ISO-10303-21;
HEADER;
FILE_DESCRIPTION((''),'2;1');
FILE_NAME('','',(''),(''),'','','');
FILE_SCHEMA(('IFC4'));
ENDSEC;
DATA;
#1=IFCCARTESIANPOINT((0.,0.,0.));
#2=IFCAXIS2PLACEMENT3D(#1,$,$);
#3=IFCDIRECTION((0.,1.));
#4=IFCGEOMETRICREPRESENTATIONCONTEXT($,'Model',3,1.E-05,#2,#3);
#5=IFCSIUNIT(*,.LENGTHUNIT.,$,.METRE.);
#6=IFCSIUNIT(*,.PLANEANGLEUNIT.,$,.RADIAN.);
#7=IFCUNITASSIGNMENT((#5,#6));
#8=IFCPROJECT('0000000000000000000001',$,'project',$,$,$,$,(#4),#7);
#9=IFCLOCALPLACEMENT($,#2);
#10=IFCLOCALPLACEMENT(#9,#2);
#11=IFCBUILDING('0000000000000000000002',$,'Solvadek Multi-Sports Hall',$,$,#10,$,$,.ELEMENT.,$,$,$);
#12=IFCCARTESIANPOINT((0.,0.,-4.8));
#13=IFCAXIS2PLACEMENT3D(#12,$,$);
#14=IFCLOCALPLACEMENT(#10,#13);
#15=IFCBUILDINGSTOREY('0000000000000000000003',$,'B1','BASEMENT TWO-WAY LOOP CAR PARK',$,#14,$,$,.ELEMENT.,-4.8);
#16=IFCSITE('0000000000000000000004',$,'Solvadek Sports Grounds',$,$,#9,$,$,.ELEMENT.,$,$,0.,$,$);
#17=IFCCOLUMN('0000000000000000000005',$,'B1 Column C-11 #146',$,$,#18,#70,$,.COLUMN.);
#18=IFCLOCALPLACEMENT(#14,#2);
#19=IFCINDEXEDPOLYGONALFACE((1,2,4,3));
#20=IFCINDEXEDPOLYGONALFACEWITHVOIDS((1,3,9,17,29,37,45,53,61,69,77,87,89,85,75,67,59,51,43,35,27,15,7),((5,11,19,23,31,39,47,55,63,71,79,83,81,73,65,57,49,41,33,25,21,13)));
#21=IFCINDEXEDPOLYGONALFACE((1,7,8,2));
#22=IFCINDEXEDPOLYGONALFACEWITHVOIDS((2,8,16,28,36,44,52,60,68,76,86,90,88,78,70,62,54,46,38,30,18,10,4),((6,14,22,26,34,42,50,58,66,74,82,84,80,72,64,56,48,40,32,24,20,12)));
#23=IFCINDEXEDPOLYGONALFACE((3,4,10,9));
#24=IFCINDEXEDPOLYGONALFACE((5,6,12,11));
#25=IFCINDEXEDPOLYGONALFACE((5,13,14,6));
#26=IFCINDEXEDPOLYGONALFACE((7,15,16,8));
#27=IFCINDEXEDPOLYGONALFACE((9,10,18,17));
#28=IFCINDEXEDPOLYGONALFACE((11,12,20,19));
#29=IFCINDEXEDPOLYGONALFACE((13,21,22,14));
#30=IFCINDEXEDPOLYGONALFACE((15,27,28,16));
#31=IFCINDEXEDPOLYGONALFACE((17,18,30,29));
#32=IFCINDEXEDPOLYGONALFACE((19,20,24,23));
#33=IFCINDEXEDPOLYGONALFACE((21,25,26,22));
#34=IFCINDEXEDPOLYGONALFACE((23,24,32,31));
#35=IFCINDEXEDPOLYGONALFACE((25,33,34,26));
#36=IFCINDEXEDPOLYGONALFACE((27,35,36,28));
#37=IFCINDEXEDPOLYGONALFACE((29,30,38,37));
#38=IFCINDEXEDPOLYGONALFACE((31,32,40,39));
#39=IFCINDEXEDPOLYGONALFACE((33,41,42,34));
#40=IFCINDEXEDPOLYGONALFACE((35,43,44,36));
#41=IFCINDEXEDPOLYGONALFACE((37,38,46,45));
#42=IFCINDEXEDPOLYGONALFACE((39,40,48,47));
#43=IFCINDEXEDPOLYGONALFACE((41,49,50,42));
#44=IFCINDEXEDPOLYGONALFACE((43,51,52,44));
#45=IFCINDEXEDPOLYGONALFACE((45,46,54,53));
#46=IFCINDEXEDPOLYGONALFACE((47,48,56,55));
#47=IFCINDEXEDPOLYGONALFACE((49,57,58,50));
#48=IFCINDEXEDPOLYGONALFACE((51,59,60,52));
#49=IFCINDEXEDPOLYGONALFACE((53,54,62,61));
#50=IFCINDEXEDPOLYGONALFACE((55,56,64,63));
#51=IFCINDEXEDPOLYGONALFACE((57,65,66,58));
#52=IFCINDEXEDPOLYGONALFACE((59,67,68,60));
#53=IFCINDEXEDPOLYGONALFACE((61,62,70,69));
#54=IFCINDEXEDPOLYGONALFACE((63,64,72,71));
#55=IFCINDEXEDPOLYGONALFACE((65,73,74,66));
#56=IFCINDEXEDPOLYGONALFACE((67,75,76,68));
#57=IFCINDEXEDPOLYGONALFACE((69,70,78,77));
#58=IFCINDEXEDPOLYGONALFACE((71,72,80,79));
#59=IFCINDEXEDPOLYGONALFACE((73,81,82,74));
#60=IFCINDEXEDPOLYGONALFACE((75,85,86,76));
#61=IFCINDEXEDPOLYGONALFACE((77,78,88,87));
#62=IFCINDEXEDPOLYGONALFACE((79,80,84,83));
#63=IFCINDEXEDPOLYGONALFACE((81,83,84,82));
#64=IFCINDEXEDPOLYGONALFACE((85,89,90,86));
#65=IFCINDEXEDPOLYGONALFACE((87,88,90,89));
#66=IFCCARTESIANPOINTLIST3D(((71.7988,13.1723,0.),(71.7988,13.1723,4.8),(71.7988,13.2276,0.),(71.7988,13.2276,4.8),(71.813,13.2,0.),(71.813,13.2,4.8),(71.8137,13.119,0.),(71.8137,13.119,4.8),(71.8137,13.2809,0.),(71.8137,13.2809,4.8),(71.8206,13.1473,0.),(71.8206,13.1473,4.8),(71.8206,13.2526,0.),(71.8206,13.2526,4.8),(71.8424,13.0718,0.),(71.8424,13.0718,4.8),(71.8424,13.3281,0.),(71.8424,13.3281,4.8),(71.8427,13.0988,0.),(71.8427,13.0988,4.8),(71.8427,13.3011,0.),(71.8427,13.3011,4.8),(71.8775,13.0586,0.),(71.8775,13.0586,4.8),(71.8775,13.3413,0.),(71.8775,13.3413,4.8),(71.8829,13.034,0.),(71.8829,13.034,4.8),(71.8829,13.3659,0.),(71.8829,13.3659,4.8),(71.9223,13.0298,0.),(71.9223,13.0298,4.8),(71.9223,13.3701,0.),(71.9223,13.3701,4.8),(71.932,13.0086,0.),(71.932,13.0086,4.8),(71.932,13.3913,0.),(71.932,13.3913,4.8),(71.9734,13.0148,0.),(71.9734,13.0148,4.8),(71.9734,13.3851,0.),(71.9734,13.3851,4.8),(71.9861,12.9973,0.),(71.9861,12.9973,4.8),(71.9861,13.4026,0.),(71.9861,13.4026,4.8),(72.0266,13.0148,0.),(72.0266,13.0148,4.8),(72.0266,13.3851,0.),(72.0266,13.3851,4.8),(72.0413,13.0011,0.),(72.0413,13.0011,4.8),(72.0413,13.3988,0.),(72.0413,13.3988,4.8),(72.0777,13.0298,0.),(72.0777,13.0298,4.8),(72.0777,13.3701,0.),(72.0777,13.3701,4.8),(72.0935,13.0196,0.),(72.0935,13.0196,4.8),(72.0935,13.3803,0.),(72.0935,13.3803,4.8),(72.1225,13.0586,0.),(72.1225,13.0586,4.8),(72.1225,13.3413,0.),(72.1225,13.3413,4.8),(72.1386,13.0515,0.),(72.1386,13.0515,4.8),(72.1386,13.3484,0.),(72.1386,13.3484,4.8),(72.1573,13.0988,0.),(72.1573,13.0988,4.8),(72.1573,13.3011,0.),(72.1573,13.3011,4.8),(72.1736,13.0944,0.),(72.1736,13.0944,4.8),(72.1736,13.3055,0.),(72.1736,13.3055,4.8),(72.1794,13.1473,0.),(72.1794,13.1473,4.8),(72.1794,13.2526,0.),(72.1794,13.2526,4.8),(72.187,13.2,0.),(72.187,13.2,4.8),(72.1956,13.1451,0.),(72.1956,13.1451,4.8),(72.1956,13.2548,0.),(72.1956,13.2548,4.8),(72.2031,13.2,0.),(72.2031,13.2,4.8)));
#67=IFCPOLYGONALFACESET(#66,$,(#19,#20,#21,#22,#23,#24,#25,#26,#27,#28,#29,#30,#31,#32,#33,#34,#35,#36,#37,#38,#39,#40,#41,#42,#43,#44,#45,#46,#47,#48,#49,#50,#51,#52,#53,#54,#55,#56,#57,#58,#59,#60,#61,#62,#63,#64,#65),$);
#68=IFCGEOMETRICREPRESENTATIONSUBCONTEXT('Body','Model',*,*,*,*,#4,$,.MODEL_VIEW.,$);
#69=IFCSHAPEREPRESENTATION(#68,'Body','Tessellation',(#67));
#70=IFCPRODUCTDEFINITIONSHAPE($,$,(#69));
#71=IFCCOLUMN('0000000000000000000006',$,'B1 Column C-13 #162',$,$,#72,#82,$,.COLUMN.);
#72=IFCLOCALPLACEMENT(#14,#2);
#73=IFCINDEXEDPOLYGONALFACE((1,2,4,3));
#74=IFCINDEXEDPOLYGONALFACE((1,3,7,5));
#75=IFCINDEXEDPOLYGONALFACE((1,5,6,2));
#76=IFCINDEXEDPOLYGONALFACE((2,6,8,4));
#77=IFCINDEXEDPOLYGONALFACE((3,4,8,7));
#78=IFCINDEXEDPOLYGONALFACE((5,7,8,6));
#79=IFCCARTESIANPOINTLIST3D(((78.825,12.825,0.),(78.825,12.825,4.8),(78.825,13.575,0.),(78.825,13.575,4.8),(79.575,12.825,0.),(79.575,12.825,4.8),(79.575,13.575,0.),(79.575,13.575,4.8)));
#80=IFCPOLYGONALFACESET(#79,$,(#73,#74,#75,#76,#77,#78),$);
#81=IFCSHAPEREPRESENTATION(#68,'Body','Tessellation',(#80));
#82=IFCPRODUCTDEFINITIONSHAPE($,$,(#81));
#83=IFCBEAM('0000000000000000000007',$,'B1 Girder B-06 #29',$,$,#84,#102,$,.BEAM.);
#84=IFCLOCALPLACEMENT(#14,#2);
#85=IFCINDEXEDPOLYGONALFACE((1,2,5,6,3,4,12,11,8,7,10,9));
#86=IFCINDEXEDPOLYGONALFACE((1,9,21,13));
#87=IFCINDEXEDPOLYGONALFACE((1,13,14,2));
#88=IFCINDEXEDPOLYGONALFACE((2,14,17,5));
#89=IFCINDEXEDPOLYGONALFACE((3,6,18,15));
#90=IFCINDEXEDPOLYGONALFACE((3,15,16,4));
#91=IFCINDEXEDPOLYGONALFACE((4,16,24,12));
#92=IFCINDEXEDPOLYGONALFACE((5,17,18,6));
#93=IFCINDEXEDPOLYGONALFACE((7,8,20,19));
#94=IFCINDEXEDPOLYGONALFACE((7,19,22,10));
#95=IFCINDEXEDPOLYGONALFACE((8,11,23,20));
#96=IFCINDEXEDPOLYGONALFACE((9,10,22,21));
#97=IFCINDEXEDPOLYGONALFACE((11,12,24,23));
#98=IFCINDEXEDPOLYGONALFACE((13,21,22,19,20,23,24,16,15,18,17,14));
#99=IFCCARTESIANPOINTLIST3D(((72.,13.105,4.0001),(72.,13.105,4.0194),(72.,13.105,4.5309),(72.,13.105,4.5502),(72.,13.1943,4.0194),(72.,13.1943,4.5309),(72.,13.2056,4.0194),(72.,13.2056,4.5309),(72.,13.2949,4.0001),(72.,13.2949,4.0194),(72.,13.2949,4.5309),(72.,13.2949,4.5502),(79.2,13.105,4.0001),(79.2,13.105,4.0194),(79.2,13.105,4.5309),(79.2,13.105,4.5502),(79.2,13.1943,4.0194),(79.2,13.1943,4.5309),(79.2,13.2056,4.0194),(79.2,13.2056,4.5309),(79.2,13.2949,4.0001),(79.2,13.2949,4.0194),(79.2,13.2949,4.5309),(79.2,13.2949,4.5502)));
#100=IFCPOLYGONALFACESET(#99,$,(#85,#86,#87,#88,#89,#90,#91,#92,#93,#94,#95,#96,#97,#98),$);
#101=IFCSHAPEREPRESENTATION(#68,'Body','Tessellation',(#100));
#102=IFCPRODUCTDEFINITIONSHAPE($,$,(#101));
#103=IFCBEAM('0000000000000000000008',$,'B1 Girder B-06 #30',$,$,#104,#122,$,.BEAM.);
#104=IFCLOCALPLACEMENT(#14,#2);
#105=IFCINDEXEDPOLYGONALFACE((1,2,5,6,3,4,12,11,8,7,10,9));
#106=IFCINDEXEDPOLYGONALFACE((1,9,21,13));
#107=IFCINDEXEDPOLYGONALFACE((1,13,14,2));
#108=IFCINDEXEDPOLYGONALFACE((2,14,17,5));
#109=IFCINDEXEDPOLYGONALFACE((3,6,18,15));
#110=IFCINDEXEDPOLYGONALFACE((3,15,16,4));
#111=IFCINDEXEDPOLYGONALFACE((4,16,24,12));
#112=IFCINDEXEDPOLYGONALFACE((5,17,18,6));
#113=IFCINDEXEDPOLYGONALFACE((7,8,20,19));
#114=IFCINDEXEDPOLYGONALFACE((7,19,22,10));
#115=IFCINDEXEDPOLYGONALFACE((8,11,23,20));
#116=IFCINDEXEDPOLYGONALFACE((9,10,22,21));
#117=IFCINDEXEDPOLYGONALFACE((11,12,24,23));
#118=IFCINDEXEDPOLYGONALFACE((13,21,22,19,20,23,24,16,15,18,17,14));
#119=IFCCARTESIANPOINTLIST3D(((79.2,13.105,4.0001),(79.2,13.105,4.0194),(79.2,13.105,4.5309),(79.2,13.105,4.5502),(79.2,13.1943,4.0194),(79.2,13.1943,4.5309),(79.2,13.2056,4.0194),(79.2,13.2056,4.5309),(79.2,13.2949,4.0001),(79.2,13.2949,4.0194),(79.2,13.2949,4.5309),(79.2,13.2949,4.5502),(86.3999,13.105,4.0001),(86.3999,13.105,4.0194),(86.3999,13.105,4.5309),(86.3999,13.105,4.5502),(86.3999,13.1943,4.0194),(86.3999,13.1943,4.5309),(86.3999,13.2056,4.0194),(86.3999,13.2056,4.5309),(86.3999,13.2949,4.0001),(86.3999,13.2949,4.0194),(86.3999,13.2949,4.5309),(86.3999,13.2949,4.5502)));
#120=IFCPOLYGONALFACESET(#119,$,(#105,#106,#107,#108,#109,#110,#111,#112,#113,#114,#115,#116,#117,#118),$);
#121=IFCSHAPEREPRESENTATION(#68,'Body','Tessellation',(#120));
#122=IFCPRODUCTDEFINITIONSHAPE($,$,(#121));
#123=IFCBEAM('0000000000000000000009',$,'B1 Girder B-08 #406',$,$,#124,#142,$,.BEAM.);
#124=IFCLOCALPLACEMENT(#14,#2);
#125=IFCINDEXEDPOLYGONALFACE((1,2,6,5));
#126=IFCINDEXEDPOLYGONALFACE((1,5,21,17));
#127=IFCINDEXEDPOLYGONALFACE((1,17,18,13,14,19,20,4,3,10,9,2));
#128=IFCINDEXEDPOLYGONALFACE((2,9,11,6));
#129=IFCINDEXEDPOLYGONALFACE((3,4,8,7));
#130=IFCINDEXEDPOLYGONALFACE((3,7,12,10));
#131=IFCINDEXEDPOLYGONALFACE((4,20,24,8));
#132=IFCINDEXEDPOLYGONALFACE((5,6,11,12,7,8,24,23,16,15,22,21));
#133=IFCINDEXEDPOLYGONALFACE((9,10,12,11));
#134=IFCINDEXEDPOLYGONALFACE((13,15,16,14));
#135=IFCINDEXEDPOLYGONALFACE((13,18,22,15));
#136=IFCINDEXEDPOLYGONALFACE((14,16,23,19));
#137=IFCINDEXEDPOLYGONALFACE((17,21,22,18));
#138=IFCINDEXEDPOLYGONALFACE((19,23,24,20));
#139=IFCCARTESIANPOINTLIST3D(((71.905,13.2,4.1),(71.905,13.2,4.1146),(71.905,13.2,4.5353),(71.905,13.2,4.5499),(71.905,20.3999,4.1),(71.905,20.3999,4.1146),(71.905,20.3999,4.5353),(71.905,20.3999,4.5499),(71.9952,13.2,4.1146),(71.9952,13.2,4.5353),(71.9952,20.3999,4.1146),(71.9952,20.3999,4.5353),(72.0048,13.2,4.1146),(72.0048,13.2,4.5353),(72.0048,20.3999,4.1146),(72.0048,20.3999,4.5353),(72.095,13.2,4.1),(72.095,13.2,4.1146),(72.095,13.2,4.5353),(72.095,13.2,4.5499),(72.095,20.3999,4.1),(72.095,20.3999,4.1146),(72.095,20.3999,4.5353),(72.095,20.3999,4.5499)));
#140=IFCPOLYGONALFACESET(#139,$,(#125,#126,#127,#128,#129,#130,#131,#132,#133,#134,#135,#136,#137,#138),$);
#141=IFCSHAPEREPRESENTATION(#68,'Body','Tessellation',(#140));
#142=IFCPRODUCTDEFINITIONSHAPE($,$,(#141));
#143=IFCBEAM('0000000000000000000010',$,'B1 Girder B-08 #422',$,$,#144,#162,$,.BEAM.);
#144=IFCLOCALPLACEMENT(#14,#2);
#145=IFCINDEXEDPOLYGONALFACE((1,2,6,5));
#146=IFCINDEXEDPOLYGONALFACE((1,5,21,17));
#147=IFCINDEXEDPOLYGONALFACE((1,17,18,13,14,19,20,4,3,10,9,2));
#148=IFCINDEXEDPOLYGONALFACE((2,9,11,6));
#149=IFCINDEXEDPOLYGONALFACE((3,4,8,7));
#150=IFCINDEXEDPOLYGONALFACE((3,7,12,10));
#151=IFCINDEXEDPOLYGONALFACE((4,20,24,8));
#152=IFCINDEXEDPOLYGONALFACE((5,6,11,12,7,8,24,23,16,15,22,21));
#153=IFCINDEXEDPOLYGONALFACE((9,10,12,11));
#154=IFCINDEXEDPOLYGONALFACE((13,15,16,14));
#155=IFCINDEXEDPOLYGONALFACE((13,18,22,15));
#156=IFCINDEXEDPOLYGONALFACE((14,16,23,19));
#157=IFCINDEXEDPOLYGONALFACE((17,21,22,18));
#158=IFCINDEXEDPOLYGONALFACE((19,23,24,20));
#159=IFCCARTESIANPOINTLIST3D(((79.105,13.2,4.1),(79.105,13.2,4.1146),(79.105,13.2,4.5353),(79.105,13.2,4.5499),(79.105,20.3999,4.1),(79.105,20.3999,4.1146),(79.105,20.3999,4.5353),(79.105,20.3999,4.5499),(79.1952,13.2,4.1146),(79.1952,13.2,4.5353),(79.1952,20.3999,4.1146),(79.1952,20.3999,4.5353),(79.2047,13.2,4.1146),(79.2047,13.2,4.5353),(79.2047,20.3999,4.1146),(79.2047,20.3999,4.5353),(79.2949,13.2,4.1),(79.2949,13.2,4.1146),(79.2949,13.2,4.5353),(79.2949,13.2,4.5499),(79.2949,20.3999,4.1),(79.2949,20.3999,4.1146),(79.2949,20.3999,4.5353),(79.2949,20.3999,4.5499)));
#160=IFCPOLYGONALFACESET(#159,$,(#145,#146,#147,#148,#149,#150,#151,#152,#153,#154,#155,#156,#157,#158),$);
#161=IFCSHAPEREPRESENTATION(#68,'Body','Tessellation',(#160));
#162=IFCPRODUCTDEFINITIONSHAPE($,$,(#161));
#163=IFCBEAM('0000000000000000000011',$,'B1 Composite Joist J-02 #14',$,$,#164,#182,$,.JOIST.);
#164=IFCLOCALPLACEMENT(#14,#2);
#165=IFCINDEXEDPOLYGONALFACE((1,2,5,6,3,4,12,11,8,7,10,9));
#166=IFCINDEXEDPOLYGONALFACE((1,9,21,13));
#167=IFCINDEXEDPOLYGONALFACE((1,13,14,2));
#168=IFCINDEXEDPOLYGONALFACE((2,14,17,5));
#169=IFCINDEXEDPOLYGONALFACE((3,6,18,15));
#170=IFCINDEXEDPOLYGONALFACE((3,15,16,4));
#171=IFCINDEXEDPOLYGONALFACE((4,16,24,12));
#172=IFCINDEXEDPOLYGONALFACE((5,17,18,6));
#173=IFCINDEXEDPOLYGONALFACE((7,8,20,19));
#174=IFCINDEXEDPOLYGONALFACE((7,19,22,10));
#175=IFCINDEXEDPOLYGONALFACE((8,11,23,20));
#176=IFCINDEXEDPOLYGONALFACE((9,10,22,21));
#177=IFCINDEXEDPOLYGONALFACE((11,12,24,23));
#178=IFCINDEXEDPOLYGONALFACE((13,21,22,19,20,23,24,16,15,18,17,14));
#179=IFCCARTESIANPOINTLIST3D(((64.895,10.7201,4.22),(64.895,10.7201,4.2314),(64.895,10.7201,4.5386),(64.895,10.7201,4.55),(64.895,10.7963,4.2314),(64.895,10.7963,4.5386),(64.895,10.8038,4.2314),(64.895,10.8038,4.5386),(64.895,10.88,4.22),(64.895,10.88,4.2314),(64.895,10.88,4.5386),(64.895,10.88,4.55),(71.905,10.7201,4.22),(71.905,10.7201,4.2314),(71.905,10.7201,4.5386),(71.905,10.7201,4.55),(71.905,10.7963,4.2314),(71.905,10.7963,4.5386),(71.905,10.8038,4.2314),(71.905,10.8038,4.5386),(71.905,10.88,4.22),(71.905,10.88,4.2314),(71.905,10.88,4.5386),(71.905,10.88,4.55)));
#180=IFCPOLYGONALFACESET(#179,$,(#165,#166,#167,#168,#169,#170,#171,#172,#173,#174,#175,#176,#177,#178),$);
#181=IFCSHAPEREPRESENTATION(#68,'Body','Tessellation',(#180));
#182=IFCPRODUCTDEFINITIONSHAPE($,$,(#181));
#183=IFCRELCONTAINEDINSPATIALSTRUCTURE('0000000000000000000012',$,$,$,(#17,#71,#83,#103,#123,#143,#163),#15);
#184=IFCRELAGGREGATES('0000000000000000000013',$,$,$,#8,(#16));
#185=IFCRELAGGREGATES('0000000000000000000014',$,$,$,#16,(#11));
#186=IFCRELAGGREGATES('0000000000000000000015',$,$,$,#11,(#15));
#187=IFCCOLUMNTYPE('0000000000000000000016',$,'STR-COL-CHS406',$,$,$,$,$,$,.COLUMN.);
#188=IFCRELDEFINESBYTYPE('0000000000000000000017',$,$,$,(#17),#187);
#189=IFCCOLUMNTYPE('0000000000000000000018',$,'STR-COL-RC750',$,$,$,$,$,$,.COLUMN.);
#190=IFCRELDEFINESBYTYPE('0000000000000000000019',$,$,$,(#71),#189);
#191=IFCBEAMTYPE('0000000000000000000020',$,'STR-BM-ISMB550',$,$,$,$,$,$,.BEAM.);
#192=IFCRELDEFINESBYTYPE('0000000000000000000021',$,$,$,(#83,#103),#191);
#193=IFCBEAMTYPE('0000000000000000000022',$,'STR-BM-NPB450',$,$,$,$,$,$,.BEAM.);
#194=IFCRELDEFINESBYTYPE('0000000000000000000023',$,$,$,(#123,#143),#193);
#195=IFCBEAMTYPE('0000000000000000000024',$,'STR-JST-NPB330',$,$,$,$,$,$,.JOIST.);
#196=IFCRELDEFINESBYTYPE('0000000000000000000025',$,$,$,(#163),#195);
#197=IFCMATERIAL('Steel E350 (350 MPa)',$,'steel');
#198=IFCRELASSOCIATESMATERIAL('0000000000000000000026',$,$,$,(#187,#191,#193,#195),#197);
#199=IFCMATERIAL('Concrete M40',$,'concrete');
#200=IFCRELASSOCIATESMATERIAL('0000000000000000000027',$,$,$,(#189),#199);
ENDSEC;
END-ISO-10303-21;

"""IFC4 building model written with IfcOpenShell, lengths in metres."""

from ifc_helpers import new_model, si_unit, direction, frame, origin, origin_2d, place, context, subcontext, project, spatial, rectangle, hollow_circle, i_section, extrude, material, material_profile, profile_set, type_object, element, save


model = new_model("IFC4")

# Units and contexts
model_context = context("Model", 3, precision=1e-05, world=origin(), true_north=direction((0.0, 1.0)))
body_context = subcontext(model_context, "Body", "Model", "MODEL_VIEW")
ifc_project = project(units=[si_unit("LENGTHUNIT", "METRE"), si_unit("PLANEANGLEUNIT", "RADIAN")], contexts=[model_context])

# Site, building, storey
site_placement = place(None, origin())
site = spatial("IfcSite", under=ifc_project, at=site_placement, Name="Solvadek Sports Grounds", CompositionType="ELEMENT", RefElevation=0.0)
building_placement = place(site_placement, origin())
building = spatial("IfcBuilding", under=site, at=building_placement, Name="Solvadek Multi-Sports Hall", CompositionType="ELEMENT")
storey_placement = place(building_placement, frame((0.0, 0.0, -4.8)))
storey = spatial("IfcBuildingStorey", under=building, at=storey_placement, Name="B1", Description="BASEMENT TWO-WAY LOOP CAR PARK", CompositionType="ELEMENT", Elevation=-4.8)

# Shared definitions
ifc_material_1 = material(Name="Concrete M40", Category="concrete")

# Columns
ifc_material_2 = material(Name="Steel E350 (350 MPa)", Category="steel")
ifc_material_profile_1 = material_profile(ifc_material_2, hollow_circle(Radius=0.2031, WallThickness=0.0161, at=origin_2d()), Name="CHS 406.4x16")
ifc_profile_set_1 = profile_set([ifc_material_profile_1], Name="Steel E350 (350 MPa)")
column_type_1 = type_object("IfcColumnType", Name="STR-COL-CHS406", PredefinedType="COLUMN", material=ifc_profile_set_1)
column_1_placement = place(storey_placement, frame((72.0, 13.2, 0.0), z_axis=(0.0, 0.0, 1.0), x_axis=(1.0, 0.0, 0.0)))
element("IfcColumn", 1, at=column_1_placement, inside=storey, type_object=column_type_1, Name="B1 Column C-11 #146", PredefinedType="COLUMN", context=body_context, shape_type="SweptSolid", body=[
    extrude(hollow_circle(Radius=0.2031, WallThickness=0.0161, at=origin_2d()), origin(), (0.0, 0.0, 1.0), 4.8),
])
ifc_material_profile_2 = material_profile(ifc_material_1, rectangle(XDim=0.75, YDim=0.75, at=origin_2d()), Name="RC 750x750")
ifc_profile_set_2 = profile_set([ifc_material_profile_2], Name="Concrete M40")
column_type_2 = type_object("IfcColumnType", Name="STR-COL-RC750", PredefinedType="COLUMN", material=ifc_profile_set_2)
column_2_placement = place(storey_placement, frame((79.2, 13.2, 0.0), z_axis=(0.0, 0.0, 1.0), x_axis=(1.0, 0.0, 0.0)))
element("IfcColumn", 2, at=column_2_placement, inside=storey, type_object=column_type_2, Name="B1 Column C-13 #162", PredefinedType="COLUMN", context=body_context, shape_type="SweptSolid", body=[
    extrude(rectangle(XDim=0.75, YDim=0.75, at=origin_2d()), origin(), (0.0, 0.0, 1.0), 4.8),
])

# Beams
ifc_material_profile_3 = material_profile(ifc_material_2, i_section(OverallWidth=0.1899, OverallDepth=0.55, WebThickness=0.0112, FlangeThickness=0.0193, at=origin_2d()), Name="ISMB 550")
ifc_profile_set_3 = profile_set([ifc_material_profile_3], Name="Steel E350 (350 MPa)")
beam_type_1 = type_object("IfcBeamType", Name="STR-BM-ISMB550", PredefinedType="BEAM", material=ifc_profile_set_3)
for number, where, z_axis, x_axis, name in (
    (3, (72.0, 13.2, 4.2751), (1.0, 0.0, 0.0), (0.0, 1.0, 0.0), "B1 Girder B-06 #29"),
    (4, (79.2, 13.2, 4.2751), (1.0, 0.0, 0.0), (0.0, 1.0, 0.0), "B1 Girder B-06 #30"),
):
    element("IfcBeam", number, at=place(storey_placement, frame(where, z_axis=z_axis, x_axis=x_axis)), inside=storey, type_object=beam_type_1, Name=name, PredefinedType="BEAM", context=body_context, shape_type="SweptSolid", body=[
        extrude(i_section(OverallWidth=0.1899, OverallDepth=0.55, WebThickness=0.0112, FlangeThickness=0.0193, at=origin_2d()), origin(), (0.0, 0.0, 1.0), 7.2),
    ])
ifc_material_profile_4 = material_profile(ifc_material_2, i_section(OverallWidth=0.1899, OverallDepth=0.45, WebThickness=0.0095, FlangeThickness=0.0146, at=origin_2d()), Name="NPB 450")
ifc_profile_set_4 = profile_set([ifc_material_profile_4], Name="Steel E350 (350 MPa)")
beam_type_2 = type_object("IfcBeamType", Name="STR-BM-NPB450", PredefinedType="BEAM", material=ifc_profile_set_4)
for number, where, z_axis, x_axis, name in (
    (5, (72.0, 13.2, 4.325), (0.0, 1.0, 0.0), (-1.0, 0.0, 0.0), "B1 Girder B-08 #406"),
    (6, (79.2, 13.2, 4.325), (0.0, 1.0, 0.0), (-1.0, 0.0, 0.0), "B1 Girder B-08 #422"),
):
    element("IfcBeam", number, at=place(storey_placement, frame(where, z_axis=z_axis, x_axis=x_axis)), inside=storey, type_object=beam_type_2, Name=name, PredefinedType="BEAM", context=body_context, shape_type="SweptSolid", body=[
        extrude(i_section(OverallWidth=0.1899, OverallDepth=0.45, WebThickness=0.0095, FlangeThickness=0.0146, at=origin_2d()), origin(), (0.0, 0.0, 1.0), 7.2),
    ])
ifc_material_profile_5 = material_profile(ifc_material_2, i_section(OverallWidth=0.1599, OverallDepth=0.3301, WebThickness=0.0076, FlangeThickness=0.0115, at=origin_2d()), Name="NPB 330")
ifc_profile_set_5 = profile_set([ifc_material_profile_5], Name="Steel E350 (350 MPa)")
beam_type_3 = type_object("IfcBeamType", Name="STR-JST-NPB330", PredefinedType="JOIST", material=ifc_profile_set_5)
for number, where, z_axis, x_axis, name in (
    (7, (64.895, 10.8, 4.385), (1.0, 0.0, 0.0), (0.0, 1.0, 0.0), "B1 Composite Joist J-02 #14"),
):
    element("IfcBeam", number, at=place(storey_placement, frame(where, z_axis=z_axis, x_axis=x_axis)), inside=storey, type_object=beam_type_3, Name=name, PredefinedType="JOIST", context=body_context, shape_type="SweptSolid", body=[
        extrude(i_section(OverallWidth=0.1599, OverallDepth=0.3301, WebThickness=0.0076, FlangeThickness=0.0115, at=origin_2d()), origin(), (0.0, 0.0, 1.0), 7.01),
    ])

save(model, "model.ifc")
